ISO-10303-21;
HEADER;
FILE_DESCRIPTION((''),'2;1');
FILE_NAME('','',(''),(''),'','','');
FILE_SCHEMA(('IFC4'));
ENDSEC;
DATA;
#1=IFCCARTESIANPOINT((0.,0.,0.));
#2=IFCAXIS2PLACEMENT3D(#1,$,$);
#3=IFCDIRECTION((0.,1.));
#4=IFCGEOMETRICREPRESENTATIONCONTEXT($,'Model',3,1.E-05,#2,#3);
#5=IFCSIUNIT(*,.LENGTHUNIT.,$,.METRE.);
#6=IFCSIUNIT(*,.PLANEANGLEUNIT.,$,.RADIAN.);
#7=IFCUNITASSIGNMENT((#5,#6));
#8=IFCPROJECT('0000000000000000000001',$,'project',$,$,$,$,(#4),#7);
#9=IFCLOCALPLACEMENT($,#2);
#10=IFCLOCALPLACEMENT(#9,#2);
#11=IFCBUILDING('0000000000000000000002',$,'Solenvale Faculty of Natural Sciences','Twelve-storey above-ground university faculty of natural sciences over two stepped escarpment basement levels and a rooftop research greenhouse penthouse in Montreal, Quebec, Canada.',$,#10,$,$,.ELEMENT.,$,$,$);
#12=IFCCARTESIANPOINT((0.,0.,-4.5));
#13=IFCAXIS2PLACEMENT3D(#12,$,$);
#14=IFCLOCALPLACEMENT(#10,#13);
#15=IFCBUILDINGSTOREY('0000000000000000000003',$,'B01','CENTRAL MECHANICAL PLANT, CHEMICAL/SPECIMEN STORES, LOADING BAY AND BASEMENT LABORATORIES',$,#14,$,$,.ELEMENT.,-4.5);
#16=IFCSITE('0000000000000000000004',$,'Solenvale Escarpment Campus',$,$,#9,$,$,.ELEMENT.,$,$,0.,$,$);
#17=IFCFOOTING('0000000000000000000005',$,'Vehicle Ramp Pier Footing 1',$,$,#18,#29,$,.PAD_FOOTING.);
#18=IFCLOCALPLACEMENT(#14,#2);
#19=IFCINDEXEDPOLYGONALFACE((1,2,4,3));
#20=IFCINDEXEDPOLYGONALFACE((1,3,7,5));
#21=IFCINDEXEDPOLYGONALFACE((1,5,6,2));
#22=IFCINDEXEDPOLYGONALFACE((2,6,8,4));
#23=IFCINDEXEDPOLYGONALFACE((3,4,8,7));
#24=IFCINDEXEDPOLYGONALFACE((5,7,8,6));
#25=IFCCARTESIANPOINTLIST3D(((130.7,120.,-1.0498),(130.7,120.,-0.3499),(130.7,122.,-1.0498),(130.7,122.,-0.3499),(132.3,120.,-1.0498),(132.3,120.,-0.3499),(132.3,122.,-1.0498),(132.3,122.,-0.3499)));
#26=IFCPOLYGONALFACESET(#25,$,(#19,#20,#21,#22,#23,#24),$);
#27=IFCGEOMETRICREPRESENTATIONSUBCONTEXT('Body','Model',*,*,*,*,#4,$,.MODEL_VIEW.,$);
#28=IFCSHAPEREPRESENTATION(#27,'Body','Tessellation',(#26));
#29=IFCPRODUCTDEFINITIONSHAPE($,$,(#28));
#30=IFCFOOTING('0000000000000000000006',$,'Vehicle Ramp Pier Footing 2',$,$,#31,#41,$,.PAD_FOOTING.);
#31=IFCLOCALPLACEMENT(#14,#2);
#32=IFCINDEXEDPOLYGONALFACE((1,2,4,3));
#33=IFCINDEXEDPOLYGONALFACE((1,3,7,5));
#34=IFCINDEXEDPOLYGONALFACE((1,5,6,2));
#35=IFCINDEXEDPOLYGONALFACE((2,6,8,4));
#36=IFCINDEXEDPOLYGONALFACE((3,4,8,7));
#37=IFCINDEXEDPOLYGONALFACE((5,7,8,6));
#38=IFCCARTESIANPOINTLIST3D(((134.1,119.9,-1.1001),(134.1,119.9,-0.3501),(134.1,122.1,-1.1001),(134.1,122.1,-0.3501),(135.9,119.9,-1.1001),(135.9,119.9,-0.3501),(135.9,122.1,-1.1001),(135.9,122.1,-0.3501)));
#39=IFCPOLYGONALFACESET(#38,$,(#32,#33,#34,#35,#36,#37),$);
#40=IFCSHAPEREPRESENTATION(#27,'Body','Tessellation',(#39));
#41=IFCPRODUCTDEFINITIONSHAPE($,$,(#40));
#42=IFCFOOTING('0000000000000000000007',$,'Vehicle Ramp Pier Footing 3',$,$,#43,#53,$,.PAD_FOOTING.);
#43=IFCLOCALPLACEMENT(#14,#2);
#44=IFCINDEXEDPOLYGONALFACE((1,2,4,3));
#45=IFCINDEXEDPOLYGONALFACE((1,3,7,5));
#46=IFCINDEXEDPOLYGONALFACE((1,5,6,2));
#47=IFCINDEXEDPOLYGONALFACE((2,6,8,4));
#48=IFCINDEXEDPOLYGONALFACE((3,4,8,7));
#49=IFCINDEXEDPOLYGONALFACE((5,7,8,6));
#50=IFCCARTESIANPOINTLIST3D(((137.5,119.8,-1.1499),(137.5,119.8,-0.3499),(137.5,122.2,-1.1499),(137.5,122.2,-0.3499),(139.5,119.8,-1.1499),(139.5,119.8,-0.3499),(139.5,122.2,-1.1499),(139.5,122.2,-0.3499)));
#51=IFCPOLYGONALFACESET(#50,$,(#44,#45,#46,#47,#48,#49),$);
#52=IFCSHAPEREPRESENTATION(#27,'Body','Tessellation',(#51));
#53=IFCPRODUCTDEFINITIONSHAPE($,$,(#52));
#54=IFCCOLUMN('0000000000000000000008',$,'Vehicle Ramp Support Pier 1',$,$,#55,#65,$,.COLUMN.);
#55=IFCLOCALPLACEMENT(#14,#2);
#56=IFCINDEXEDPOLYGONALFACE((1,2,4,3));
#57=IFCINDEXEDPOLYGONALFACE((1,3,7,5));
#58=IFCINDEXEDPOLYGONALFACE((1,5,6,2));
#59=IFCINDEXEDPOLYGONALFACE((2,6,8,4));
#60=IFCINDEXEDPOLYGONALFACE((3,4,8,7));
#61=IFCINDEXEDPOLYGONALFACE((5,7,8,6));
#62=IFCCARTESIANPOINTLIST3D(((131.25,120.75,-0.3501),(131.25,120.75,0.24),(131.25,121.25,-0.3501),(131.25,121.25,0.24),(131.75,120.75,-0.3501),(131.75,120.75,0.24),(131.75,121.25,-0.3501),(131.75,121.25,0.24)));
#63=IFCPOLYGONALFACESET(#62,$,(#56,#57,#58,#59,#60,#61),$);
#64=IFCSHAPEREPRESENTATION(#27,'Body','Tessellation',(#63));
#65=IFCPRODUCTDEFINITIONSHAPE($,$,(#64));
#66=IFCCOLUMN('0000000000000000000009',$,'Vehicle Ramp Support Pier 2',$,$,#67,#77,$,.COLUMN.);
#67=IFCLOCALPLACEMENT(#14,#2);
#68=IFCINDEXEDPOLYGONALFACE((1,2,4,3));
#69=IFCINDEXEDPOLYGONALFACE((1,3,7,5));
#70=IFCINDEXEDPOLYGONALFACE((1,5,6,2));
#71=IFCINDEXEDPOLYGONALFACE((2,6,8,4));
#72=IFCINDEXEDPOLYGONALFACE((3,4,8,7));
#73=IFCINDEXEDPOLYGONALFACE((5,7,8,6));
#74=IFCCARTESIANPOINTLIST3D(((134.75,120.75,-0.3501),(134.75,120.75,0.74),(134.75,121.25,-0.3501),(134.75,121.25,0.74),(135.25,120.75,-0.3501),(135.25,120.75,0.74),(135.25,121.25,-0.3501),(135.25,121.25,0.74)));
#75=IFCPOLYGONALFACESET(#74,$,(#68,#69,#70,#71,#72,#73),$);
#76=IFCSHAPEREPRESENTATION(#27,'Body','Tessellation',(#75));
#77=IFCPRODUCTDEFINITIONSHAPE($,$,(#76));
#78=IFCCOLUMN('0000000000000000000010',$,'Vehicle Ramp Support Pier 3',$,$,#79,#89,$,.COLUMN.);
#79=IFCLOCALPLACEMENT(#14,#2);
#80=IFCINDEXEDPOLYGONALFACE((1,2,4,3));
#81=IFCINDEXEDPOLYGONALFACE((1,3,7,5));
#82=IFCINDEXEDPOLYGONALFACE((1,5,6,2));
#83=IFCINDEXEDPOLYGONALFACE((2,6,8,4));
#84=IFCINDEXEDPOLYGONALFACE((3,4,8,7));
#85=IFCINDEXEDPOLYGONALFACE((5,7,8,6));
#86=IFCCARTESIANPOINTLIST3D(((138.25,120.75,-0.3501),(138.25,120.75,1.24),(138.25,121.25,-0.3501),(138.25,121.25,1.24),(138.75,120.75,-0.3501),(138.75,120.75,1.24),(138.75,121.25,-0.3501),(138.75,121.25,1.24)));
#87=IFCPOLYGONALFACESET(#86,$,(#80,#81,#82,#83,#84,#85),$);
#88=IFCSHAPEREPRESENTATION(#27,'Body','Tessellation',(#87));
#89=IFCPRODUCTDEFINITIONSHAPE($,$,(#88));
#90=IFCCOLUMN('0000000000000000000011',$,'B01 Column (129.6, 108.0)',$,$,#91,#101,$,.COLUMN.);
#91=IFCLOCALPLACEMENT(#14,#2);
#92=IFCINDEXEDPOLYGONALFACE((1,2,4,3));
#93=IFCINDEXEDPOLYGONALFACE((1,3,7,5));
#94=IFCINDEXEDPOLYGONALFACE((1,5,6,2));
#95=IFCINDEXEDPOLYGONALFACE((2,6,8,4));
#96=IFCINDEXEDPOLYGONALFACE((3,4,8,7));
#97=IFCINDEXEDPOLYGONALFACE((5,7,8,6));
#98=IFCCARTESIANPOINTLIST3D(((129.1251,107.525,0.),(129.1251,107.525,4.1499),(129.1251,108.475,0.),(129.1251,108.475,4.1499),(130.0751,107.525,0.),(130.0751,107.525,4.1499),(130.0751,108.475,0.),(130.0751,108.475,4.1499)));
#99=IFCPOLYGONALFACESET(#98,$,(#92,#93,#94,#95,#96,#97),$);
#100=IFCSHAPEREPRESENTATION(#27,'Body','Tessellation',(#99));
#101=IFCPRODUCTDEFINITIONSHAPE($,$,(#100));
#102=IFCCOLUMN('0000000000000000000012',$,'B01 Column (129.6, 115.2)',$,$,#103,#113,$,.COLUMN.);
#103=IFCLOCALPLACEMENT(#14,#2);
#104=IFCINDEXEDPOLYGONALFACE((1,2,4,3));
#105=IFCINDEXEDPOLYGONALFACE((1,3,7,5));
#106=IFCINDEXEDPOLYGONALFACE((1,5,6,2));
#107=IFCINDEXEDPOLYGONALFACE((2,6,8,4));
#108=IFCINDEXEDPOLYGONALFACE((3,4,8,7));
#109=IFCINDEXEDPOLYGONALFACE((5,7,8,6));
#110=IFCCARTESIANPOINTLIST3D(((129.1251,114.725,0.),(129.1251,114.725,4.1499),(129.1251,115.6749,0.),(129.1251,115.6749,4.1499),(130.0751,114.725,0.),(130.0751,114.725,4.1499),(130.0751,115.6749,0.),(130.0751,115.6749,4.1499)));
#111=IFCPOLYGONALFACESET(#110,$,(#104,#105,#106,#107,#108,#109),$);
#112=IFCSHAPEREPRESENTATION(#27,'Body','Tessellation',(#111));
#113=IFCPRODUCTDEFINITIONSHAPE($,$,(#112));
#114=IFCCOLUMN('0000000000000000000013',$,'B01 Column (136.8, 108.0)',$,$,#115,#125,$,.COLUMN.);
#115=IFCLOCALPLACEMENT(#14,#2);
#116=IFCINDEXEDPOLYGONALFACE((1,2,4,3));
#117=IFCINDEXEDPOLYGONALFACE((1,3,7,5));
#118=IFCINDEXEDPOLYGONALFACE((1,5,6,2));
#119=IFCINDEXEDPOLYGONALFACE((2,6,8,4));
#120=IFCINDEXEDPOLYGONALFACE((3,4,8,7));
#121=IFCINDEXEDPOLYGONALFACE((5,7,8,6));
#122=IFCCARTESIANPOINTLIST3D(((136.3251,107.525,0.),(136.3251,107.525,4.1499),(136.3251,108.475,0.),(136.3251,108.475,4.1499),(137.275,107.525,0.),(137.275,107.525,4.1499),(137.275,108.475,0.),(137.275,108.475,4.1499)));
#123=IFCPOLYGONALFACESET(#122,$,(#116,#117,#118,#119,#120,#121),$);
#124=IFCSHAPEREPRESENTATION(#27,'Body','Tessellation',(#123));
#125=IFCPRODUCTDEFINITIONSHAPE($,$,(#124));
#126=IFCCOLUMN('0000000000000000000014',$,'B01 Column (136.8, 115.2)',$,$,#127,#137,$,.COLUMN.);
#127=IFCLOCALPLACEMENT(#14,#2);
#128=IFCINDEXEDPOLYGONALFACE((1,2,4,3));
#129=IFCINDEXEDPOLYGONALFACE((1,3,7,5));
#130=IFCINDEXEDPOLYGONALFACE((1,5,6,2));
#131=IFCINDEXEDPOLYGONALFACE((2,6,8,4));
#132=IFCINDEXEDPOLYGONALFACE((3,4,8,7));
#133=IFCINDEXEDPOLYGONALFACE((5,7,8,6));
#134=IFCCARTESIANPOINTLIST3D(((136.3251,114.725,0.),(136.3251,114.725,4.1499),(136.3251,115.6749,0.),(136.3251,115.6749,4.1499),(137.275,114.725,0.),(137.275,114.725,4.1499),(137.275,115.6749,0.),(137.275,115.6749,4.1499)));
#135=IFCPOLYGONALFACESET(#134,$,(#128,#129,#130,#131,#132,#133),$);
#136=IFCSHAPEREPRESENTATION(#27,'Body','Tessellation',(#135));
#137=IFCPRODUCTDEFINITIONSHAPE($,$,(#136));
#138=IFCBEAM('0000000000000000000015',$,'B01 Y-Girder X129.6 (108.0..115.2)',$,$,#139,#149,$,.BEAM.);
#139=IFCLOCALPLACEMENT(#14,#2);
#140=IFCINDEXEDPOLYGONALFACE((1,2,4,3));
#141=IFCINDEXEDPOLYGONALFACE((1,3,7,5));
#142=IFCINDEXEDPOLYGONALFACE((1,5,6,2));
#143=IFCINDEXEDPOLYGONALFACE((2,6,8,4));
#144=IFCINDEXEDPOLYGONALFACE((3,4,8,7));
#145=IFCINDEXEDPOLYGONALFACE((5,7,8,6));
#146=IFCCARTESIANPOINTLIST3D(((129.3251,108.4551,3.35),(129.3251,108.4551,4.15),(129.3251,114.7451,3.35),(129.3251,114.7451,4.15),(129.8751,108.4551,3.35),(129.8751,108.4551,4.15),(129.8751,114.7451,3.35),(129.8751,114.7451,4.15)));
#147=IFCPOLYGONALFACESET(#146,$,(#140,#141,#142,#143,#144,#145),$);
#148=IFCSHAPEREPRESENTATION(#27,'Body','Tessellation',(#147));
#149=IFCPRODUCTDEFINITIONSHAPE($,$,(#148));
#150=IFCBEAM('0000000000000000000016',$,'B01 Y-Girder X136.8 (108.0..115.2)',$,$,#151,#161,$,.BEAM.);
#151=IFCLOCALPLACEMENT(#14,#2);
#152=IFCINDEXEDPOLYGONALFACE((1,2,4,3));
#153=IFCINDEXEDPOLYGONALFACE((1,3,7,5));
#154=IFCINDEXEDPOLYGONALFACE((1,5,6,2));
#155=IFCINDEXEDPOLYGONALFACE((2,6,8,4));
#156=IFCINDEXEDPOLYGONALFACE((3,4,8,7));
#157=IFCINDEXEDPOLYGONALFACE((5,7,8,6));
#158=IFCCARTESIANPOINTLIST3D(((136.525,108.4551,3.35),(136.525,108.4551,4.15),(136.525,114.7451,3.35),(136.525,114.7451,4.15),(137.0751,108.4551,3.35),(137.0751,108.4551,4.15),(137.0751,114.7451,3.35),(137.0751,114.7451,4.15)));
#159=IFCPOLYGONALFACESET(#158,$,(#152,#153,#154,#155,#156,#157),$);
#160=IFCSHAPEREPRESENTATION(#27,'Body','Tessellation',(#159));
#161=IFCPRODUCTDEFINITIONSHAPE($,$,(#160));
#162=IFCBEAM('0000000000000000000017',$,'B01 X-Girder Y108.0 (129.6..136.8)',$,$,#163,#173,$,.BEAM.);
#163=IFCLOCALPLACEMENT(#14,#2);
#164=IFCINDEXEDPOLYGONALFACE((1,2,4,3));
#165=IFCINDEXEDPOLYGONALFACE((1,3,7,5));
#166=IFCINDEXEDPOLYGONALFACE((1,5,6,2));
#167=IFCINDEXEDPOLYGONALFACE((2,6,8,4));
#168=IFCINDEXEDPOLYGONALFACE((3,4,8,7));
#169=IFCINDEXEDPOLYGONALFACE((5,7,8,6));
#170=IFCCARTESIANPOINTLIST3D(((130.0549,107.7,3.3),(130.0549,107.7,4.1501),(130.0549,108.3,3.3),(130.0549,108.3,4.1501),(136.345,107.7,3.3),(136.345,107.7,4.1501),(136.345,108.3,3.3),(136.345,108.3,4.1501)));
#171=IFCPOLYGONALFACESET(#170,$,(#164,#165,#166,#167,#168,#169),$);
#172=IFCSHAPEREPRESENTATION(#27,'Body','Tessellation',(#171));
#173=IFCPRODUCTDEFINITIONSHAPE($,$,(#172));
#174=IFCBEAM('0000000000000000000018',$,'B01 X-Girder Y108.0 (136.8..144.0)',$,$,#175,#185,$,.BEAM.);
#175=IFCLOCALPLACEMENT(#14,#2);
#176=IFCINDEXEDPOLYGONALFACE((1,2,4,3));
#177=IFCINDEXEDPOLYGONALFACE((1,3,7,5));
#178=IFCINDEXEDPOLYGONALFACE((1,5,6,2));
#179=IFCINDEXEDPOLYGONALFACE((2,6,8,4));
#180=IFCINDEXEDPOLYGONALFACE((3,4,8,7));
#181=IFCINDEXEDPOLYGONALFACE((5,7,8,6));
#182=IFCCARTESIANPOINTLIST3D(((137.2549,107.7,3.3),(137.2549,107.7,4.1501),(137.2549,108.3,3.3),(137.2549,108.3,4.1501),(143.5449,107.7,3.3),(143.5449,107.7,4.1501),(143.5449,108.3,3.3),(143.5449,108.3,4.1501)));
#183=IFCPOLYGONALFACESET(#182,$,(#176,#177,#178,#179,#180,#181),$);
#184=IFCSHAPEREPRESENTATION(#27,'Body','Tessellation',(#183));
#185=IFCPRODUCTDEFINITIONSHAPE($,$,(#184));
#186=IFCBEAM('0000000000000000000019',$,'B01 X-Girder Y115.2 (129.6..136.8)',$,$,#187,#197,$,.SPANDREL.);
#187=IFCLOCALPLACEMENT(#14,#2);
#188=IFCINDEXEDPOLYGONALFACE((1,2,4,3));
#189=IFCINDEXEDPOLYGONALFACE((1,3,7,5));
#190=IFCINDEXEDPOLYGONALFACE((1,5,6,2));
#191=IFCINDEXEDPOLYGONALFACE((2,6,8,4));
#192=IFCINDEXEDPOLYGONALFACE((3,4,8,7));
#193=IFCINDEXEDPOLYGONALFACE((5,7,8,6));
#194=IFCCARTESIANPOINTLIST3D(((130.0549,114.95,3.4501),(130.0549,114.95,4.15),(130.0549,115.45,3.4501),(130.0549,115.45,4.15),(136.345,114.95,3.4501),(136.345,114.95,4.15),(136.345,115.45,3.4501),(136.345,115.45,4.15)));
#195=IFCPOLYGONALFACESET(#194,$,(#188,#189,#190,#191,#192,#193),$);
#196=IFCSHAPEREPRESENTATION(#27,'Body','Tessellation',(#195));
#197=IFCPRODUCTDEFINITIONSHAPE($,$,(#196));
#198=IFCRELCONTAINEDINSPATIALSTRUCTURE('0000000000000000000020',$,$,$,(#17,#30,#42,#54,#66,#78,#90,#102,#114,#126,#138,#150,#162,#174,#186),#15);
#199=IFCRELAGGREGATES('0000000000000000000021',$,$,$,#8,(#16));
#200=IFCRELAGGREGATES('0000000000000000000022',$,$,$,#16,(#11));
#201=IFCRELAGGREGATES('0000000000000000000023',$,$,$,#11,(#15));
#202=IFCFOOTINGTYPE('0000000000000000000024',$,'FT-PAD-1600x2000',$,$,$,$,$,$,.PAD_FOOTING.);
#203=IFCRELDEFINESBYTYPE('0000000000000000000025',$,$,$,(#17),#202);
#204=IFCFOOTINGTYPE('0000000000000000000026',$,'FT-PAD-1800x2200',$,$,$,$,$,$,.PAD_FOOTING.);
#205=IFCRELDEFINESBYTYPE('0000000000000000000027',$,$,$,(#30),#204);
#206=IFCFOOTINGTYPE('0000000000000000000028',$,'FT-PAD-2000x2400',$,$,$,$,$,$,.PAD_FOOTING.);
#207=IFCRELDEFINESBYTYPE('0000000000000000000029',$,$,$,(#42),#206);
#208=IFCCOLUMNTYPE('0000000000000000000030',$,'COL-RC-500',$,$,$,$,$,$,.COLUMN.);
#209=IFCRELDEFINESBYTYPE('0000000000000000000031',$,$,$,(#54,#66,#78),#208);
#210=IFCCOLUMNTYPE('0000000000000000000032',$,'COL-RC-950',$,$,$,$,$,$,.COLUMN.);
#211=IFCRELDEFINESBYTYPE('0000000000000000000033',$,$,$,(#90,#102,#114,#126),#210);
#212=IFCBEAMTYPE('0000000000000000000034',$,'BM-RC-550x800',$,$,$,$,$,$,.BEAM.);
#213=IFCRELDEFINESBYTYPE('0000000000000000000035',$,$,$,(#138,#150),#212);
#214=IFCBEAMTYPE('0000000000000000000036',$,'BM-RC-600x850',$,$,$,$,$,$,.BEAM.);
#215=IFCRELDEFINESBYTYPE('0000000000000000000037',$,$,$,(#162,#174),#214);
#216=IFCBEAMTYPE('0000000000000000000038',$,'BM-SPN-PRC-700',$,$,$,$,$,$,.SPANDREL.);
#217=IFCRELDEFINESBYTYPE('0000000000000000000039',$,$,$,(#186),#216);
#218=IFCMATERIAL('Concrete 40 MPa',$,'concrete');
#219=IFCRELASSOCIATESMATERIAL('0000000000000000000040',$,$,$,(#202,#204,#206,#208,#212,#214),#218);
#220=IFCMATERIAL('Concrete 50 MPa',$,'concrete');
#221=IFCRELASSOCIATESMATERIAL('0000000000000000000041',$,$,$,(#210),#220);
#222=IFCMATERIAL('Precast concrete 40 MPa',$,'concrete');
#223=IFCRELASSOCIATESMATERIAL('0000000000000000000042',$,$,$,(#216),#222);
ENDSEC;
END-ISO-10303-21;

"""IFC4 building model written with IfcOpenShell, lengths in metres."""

from ifc_helpers import new_model, si_unit, direction, frame, origin, origin_2d, place, context, subcontext, project, spatial, rectangle, extrude, material, material_profile, profile_set, type_object, element, save


model = new_model("IFC4")

# Units and contexts
model_context = context("Model", 3, precision=1e-05, world=origin(), true_north=direction((0.0, 1.0)))
body_context = subcontext(model_context, "Body", "Model", "MODEL_VIEW")
ifc_project = project(units=[si_unit("LENGTHUNIT", "METRE"), si_unit("PLANEANGLEUNIT", "RADIAN")], contexts=[model_context])

# Site, building, storey
site_placement = place(None, origin())
site = spatial("IfcSite", under=ifc_project, at=site_placement, Name="Solenvale Escarpment Campus", CompositionType="ELEMENT", RefElevation=0.0)
building_placement = place(site_placement, origin())
building = spatial("IfcBuilding", under=site, at=building_placement, Name="Solenvale Faculty of Natural Sciences", Description="Twelve-storey above-ground university faculty of natural sciences over two stepped escarpment basement levels and a rooftop research greenhouse penthouse in Montreal, Quebec, Canada.", CompositionType="ELEMENT")
storey_placement = place(building_placement, frame((0.0, 0.0, -4.5)))
storey = spatial("IfcBuildingStorey", under=building, at=storey_placement, Name="B01", Description="CENTRAL MECHANICAL PLANT, CHEMICAL/SPECIMEN STORES, LOADING BAY AND BASEMENT LABORATORIES", CompositionType="ELEMENT", Elevation=-4.5)

# Footings
ifc_material_1 = material(Name="Concrete 40 MPa", Category="concrete")
footing_type_1 = type_object("IfcFootingType", Name="FT-PAD-1600x2000", PredefinedType="PAD_FOOTING", material=ifc_material_1)
footing_1_placement = place(storey_placement, frame((131.5, 121.0, -1.0498), z_axis=(0.0, 0.0, 1.0), x_axis=(1.0, 0.0, 0.0)))
element("IfcFooting", 1, at=footing_1_placement, inside=storey, type_object=footing_type_1, Name="Vehicle Ramp Pier Footing 1", PredefinedType="PAD_FOOTING", context=body_context, shape_type="SweptSolid", body=[
    extrude(rectangle(XDim=1.6001, YDim=2.0, at=origin_2d()), origin(), (0.0, 0.0, 1.0), 0.7),
])
footing_type_2 = type_object("IfcFootingType", Name="FT-PAD-1800x2200", PredefinedType="PAD_FOOTING", material=ifc_material_1)
footing_2_placement = place(storey_placement, frame((135.0, 121.0, -1.1001), z_axis=(0.0, 0.0, 1.0), x_axis=(1.0, 0.0, 0.0)))
element("IfcFooting", 2, at=footing_2_placement, inside=storey, type_object=footing_type_2, Name="Vehicle Ramp Pier Footing 2", PredefinedType="PAD_FOOTING", context=body_context, shape_type="SweptSolid", body=[
    extrude(rectangle(XDim=1.8, YDim=2.2, at=origin_2d()), origin(), (0.0, 0.0, 1.0), 0.75),
])
footing_type_3 = type_object("IfcFootingType", Name="FT-PAD-2000x2400", PredefinedType="PAD_FOOTING", material=ifc_material_1)
footing_3_placement = place(storey_placement, frame((138.5, 121.0, -1.1499), z_axis=(0.0, 0.0, 1.0), x_axis=(1.0, 0.0, 0.0)))
element("IfcFooting", 3, at=footing_3_placement, inside=storey, type_object=footing_type_3, Name="Vehicle Ramp Pier Footing 3", PredefinedType="PAD_FOOTING", context=body_context, shape_type="SweptSolid", body=[
    extrude(rectangle(XDim=2.0, YDim=2.3999, at=origin_2d()), origin(), (0.0, 0.0, 1.0), 0.8),
])

# Columns
ifc_material_profile_1 = material_profile(ifc_material_1, rectangle(XDim=0.5, YDim=0.5, at=origin_2d()), Name="RC-COL-500x500")
ifc_profile_set_1 = profile_set([ifc_material_profile_1], Name="Concrete 40 MPa")
column_type_1 = type_object("IfcColumnType", Name="COL-RC-500", PredefinedType="COLUMN", material=ifc_profile_set_1)
column_1_placement = place(storey_placement, frame((131.5, 121.0, -0.3501), z_axis=(0.0, 0.0, 1.0), x_axis=(1.0, 0.0, 0.0)))
element("IfcColumn", 4, at=column_1_placement, inside=storey, type_object=column_type_1, Name="Vehicle Ramp Support Pier 1", PredefinedType="COLUMN", context=body_context, shape_type="SweptSolid", body=[
    extrude(rectangle(XDim=0.5, YDim=0.5, at=origin_2d()), origin(), (0.0, 0.0, 1.0), 0.5901),
])
column_2_placement = place(storey_placement, frame((135.0, 121.0, -0.3501), z_axis=(0.0, 0.0, 1.0), x_axis=(1.0, 0.0, 0.0)))
element("IfcColumn", 5, at=column_2_placement, inside=storey, type_object=column_type_1, Name="Vehicle Ramp Support Pier 2", PredefinedType="COLUMN", context=body_context, shape_type="SweptSolid", body=[
    extrude(rectangle(XDim=0.5, YDim=0.5, at=origin_2d()), origin(), (0.0, 0.0, 1.0), 1.0901),
])
column_3_placement = place(storey_placement, frame((138.5, 121.0, -0.3501), z_axis=(0.0, 0.0, 1.0), x_axis=(1.0, 0.0, 0.0)))
element("IfcColumn", 6, at=column_3_placement, inside=storey, type_object=column_type_1, Name="Vehicle Ramp Support Pier 3", PredefinedType="COLUMN", context=body_context, shape_type="SweptSolid", body=[
    extrude(rectangle(XDim=0.5, YDim=0.5, at=origin_2d()), origin(), (0.0, 0.0, 1.0), 1.5901),
])
ifc_material_2 = material(Name="Concrete 50 MPa", Category="concrete")
ifc_material_profile_2 = material_profile(ifc_material_2, rectangle(XDim=0.95, YDim=0.95, at=origin_2d()), Name="RC-COL-950x950")
ifc_profile_set_2 = profile_set([ifc_material_profile_2], Name="Concrete 50 MPa")
column_type_2 = type_object("IfcColumnType", Name="COL-RC-950", PredefinedType="COLUMN", material=ifc_profile_set_2)
for number, where, z_axis, x_axis, name in (
    (7, (129.6001, 108.0, 0.0), (0.0, 0.0, 1.0), (1.0, 0.0, 0.0), "B01 Column (129.6, 108.0)"),
    (8, (129.6001, 115.2, 0.0), (0.0, 0.0, 1.0), (1.0, 0.0, 0.0), "B01 Column (129.6, 115.2)"),
    (9, (136.8, 108.0, 0.0), (0.0, 0.0, 1.0), (1.0, 0.0, 0.0), "B01 Column (136.8, 108.0)"),
    (10, (136.8, 115.2, 0.0), (0.0, 0.0, 1.0), (1.0, 0.0, 0.0), "B01 Column (136.8, 115.2)"),
):
    element("IfcColumn", number, at=place(storey_placement, frame(where, z_axis=z_axis, x_axis=x_axis)), inside=storey, type_object=column_type_2, Name=name, PredefinedType="COLUMN", context=body_context, shape_type="SweptSolid", body=[
        extrude(rectangle(XDim=0.95, YDim=0.95, at=origin_2d()), origin(), (0.0, 0.0, 1.0), 4.1499),
    ])

# Beams
ifc_material_profile_3 = material_profile(ifc_material_1, rectangle(XDim=0.55, YDim=0.8, at=origin_2d()), Name="RC-BM-550x800")
ifc_profile_set_3 = profile_set([ifc_material_profile_3], Name="Concrete 40 MPa")
beam_type_1 = type_object("IfcBeamType", Name="BM-RC-550x800", PredefinedType="BEAM", material=ifc_profile_set_3)
for number, where, z_axis, x_axis, name in (
    (11, (129.6001, 108.4551, 3.75), (0.0, 1.0, 0.0), (-1.0, 0.0, 0.0), "B01 Y-Girder X129.6 (108.0..115.2)"),
    (12, (136.8, 108.4551, 3.75), (0.0, 1.0, 0.0), (-1.0, 0.0, 0.0), "B01 Y-Girder X136.8 (108.0..115.2)"),
):
    element("IfcBeam", number, at=place(storey_placement, frame(where, z_axis=z_axis, x_axis=x_axis)), inside=storey, type_object=beam_type_1, Name=name, PredefinedType="BEAM", context=body_context, shape_type="SweptSolid", body=[
        extrude(rectangle(XDim=0.55, YDim=0.8, at=origin_2d()), origin(), (0.0, 0.0, 1.0), 6.29),
    ])
ifc_material_profile_4 = material_profile(ifc_material_1, rectangle(XDim=0.6001, YDim=0.8501, at=origin_2d()), Name="RC-BM-600x850")
ifc_profile_set_4 = profile_set([ifc_material_profile_4], Name="Concrete 40 MPa")
beam_type_2 = type_object("IfcBeamType", Name="BM-RC-600x850", PredefinedType="BEAM", material=ifc_profile_set_4)
for number, where, z_axis, x_axis, name in (
    (13, (130.0549, 108.0, 3.7251), (1.0, 0.0, 0.0), (0.0, 1.0, 0.0), "B01 X-Girder Y108.0 (129.6..136.8)"),
    (14, (137.2549, 108.0, 3.7251), (1.0, 0.0, 0.0), (0.0, 1.0, 0.0), "B01 X-Girder Y108.0 (136.8..144.0)"),
):
    element("IfcBeam", number, at=place(storey_placement, frame(where, z_axis=z_axis, x_axis=x_axis)), inside=storey, type_object=beam_type_2, Name=name, PredefinedType="BEAM", context=body_context, shape_type="SweptSolid", body=[
        extrude(rectangle(XDim=0.6001, YDim=0.8501, at=origin_2d()), origin(), (0.0, 0.0, 1.0), 6.29),
    ])
ifc_material_3 = material(Name="Precast concrete 40 MPa", Category="concrete")
ifc_material_profile_5 = material_profile(ifc_material_3, rectangle(XDim=0.5, YDim=0.7, at=origin_2d()), Name="RC-BM-500x700")
ifc_profile_set_5 = profile_set([ifc_material_profile_5], Name="Precast concrete 40 MPa")
beam_type_3 = type_object("IfcBeamType", Name="BM-SPN-PRC-700", PredefinedType="SPANDREL", material=ifc_profile_set_5)
for number, where, z_axis, x_axis, name in (
    (15, (130.0549, 115.2, 3.8), (1.0, 0.0, 0.0), (0.0, 1.0, 0.0), "B01 X-Girder Y115.2 (129.6..136.8)"),
):
    element("IfcBeam", number, at=place(storey_placement, frame(where, z_axis=z_axis, x_axis=x_axis)), inside=storey, type_object=beam_type_3, Name=name, PredefinedType="SPANDREL", context=body_context, shape_type="SweptSolid", body=[
        extrude(rectangle(XDim=0.5, YDim=0.7, at=origin_2d()), origin(), (0.0, 0.0, 1.0), 6.29),
    ])

save(model, "model.ifc")
